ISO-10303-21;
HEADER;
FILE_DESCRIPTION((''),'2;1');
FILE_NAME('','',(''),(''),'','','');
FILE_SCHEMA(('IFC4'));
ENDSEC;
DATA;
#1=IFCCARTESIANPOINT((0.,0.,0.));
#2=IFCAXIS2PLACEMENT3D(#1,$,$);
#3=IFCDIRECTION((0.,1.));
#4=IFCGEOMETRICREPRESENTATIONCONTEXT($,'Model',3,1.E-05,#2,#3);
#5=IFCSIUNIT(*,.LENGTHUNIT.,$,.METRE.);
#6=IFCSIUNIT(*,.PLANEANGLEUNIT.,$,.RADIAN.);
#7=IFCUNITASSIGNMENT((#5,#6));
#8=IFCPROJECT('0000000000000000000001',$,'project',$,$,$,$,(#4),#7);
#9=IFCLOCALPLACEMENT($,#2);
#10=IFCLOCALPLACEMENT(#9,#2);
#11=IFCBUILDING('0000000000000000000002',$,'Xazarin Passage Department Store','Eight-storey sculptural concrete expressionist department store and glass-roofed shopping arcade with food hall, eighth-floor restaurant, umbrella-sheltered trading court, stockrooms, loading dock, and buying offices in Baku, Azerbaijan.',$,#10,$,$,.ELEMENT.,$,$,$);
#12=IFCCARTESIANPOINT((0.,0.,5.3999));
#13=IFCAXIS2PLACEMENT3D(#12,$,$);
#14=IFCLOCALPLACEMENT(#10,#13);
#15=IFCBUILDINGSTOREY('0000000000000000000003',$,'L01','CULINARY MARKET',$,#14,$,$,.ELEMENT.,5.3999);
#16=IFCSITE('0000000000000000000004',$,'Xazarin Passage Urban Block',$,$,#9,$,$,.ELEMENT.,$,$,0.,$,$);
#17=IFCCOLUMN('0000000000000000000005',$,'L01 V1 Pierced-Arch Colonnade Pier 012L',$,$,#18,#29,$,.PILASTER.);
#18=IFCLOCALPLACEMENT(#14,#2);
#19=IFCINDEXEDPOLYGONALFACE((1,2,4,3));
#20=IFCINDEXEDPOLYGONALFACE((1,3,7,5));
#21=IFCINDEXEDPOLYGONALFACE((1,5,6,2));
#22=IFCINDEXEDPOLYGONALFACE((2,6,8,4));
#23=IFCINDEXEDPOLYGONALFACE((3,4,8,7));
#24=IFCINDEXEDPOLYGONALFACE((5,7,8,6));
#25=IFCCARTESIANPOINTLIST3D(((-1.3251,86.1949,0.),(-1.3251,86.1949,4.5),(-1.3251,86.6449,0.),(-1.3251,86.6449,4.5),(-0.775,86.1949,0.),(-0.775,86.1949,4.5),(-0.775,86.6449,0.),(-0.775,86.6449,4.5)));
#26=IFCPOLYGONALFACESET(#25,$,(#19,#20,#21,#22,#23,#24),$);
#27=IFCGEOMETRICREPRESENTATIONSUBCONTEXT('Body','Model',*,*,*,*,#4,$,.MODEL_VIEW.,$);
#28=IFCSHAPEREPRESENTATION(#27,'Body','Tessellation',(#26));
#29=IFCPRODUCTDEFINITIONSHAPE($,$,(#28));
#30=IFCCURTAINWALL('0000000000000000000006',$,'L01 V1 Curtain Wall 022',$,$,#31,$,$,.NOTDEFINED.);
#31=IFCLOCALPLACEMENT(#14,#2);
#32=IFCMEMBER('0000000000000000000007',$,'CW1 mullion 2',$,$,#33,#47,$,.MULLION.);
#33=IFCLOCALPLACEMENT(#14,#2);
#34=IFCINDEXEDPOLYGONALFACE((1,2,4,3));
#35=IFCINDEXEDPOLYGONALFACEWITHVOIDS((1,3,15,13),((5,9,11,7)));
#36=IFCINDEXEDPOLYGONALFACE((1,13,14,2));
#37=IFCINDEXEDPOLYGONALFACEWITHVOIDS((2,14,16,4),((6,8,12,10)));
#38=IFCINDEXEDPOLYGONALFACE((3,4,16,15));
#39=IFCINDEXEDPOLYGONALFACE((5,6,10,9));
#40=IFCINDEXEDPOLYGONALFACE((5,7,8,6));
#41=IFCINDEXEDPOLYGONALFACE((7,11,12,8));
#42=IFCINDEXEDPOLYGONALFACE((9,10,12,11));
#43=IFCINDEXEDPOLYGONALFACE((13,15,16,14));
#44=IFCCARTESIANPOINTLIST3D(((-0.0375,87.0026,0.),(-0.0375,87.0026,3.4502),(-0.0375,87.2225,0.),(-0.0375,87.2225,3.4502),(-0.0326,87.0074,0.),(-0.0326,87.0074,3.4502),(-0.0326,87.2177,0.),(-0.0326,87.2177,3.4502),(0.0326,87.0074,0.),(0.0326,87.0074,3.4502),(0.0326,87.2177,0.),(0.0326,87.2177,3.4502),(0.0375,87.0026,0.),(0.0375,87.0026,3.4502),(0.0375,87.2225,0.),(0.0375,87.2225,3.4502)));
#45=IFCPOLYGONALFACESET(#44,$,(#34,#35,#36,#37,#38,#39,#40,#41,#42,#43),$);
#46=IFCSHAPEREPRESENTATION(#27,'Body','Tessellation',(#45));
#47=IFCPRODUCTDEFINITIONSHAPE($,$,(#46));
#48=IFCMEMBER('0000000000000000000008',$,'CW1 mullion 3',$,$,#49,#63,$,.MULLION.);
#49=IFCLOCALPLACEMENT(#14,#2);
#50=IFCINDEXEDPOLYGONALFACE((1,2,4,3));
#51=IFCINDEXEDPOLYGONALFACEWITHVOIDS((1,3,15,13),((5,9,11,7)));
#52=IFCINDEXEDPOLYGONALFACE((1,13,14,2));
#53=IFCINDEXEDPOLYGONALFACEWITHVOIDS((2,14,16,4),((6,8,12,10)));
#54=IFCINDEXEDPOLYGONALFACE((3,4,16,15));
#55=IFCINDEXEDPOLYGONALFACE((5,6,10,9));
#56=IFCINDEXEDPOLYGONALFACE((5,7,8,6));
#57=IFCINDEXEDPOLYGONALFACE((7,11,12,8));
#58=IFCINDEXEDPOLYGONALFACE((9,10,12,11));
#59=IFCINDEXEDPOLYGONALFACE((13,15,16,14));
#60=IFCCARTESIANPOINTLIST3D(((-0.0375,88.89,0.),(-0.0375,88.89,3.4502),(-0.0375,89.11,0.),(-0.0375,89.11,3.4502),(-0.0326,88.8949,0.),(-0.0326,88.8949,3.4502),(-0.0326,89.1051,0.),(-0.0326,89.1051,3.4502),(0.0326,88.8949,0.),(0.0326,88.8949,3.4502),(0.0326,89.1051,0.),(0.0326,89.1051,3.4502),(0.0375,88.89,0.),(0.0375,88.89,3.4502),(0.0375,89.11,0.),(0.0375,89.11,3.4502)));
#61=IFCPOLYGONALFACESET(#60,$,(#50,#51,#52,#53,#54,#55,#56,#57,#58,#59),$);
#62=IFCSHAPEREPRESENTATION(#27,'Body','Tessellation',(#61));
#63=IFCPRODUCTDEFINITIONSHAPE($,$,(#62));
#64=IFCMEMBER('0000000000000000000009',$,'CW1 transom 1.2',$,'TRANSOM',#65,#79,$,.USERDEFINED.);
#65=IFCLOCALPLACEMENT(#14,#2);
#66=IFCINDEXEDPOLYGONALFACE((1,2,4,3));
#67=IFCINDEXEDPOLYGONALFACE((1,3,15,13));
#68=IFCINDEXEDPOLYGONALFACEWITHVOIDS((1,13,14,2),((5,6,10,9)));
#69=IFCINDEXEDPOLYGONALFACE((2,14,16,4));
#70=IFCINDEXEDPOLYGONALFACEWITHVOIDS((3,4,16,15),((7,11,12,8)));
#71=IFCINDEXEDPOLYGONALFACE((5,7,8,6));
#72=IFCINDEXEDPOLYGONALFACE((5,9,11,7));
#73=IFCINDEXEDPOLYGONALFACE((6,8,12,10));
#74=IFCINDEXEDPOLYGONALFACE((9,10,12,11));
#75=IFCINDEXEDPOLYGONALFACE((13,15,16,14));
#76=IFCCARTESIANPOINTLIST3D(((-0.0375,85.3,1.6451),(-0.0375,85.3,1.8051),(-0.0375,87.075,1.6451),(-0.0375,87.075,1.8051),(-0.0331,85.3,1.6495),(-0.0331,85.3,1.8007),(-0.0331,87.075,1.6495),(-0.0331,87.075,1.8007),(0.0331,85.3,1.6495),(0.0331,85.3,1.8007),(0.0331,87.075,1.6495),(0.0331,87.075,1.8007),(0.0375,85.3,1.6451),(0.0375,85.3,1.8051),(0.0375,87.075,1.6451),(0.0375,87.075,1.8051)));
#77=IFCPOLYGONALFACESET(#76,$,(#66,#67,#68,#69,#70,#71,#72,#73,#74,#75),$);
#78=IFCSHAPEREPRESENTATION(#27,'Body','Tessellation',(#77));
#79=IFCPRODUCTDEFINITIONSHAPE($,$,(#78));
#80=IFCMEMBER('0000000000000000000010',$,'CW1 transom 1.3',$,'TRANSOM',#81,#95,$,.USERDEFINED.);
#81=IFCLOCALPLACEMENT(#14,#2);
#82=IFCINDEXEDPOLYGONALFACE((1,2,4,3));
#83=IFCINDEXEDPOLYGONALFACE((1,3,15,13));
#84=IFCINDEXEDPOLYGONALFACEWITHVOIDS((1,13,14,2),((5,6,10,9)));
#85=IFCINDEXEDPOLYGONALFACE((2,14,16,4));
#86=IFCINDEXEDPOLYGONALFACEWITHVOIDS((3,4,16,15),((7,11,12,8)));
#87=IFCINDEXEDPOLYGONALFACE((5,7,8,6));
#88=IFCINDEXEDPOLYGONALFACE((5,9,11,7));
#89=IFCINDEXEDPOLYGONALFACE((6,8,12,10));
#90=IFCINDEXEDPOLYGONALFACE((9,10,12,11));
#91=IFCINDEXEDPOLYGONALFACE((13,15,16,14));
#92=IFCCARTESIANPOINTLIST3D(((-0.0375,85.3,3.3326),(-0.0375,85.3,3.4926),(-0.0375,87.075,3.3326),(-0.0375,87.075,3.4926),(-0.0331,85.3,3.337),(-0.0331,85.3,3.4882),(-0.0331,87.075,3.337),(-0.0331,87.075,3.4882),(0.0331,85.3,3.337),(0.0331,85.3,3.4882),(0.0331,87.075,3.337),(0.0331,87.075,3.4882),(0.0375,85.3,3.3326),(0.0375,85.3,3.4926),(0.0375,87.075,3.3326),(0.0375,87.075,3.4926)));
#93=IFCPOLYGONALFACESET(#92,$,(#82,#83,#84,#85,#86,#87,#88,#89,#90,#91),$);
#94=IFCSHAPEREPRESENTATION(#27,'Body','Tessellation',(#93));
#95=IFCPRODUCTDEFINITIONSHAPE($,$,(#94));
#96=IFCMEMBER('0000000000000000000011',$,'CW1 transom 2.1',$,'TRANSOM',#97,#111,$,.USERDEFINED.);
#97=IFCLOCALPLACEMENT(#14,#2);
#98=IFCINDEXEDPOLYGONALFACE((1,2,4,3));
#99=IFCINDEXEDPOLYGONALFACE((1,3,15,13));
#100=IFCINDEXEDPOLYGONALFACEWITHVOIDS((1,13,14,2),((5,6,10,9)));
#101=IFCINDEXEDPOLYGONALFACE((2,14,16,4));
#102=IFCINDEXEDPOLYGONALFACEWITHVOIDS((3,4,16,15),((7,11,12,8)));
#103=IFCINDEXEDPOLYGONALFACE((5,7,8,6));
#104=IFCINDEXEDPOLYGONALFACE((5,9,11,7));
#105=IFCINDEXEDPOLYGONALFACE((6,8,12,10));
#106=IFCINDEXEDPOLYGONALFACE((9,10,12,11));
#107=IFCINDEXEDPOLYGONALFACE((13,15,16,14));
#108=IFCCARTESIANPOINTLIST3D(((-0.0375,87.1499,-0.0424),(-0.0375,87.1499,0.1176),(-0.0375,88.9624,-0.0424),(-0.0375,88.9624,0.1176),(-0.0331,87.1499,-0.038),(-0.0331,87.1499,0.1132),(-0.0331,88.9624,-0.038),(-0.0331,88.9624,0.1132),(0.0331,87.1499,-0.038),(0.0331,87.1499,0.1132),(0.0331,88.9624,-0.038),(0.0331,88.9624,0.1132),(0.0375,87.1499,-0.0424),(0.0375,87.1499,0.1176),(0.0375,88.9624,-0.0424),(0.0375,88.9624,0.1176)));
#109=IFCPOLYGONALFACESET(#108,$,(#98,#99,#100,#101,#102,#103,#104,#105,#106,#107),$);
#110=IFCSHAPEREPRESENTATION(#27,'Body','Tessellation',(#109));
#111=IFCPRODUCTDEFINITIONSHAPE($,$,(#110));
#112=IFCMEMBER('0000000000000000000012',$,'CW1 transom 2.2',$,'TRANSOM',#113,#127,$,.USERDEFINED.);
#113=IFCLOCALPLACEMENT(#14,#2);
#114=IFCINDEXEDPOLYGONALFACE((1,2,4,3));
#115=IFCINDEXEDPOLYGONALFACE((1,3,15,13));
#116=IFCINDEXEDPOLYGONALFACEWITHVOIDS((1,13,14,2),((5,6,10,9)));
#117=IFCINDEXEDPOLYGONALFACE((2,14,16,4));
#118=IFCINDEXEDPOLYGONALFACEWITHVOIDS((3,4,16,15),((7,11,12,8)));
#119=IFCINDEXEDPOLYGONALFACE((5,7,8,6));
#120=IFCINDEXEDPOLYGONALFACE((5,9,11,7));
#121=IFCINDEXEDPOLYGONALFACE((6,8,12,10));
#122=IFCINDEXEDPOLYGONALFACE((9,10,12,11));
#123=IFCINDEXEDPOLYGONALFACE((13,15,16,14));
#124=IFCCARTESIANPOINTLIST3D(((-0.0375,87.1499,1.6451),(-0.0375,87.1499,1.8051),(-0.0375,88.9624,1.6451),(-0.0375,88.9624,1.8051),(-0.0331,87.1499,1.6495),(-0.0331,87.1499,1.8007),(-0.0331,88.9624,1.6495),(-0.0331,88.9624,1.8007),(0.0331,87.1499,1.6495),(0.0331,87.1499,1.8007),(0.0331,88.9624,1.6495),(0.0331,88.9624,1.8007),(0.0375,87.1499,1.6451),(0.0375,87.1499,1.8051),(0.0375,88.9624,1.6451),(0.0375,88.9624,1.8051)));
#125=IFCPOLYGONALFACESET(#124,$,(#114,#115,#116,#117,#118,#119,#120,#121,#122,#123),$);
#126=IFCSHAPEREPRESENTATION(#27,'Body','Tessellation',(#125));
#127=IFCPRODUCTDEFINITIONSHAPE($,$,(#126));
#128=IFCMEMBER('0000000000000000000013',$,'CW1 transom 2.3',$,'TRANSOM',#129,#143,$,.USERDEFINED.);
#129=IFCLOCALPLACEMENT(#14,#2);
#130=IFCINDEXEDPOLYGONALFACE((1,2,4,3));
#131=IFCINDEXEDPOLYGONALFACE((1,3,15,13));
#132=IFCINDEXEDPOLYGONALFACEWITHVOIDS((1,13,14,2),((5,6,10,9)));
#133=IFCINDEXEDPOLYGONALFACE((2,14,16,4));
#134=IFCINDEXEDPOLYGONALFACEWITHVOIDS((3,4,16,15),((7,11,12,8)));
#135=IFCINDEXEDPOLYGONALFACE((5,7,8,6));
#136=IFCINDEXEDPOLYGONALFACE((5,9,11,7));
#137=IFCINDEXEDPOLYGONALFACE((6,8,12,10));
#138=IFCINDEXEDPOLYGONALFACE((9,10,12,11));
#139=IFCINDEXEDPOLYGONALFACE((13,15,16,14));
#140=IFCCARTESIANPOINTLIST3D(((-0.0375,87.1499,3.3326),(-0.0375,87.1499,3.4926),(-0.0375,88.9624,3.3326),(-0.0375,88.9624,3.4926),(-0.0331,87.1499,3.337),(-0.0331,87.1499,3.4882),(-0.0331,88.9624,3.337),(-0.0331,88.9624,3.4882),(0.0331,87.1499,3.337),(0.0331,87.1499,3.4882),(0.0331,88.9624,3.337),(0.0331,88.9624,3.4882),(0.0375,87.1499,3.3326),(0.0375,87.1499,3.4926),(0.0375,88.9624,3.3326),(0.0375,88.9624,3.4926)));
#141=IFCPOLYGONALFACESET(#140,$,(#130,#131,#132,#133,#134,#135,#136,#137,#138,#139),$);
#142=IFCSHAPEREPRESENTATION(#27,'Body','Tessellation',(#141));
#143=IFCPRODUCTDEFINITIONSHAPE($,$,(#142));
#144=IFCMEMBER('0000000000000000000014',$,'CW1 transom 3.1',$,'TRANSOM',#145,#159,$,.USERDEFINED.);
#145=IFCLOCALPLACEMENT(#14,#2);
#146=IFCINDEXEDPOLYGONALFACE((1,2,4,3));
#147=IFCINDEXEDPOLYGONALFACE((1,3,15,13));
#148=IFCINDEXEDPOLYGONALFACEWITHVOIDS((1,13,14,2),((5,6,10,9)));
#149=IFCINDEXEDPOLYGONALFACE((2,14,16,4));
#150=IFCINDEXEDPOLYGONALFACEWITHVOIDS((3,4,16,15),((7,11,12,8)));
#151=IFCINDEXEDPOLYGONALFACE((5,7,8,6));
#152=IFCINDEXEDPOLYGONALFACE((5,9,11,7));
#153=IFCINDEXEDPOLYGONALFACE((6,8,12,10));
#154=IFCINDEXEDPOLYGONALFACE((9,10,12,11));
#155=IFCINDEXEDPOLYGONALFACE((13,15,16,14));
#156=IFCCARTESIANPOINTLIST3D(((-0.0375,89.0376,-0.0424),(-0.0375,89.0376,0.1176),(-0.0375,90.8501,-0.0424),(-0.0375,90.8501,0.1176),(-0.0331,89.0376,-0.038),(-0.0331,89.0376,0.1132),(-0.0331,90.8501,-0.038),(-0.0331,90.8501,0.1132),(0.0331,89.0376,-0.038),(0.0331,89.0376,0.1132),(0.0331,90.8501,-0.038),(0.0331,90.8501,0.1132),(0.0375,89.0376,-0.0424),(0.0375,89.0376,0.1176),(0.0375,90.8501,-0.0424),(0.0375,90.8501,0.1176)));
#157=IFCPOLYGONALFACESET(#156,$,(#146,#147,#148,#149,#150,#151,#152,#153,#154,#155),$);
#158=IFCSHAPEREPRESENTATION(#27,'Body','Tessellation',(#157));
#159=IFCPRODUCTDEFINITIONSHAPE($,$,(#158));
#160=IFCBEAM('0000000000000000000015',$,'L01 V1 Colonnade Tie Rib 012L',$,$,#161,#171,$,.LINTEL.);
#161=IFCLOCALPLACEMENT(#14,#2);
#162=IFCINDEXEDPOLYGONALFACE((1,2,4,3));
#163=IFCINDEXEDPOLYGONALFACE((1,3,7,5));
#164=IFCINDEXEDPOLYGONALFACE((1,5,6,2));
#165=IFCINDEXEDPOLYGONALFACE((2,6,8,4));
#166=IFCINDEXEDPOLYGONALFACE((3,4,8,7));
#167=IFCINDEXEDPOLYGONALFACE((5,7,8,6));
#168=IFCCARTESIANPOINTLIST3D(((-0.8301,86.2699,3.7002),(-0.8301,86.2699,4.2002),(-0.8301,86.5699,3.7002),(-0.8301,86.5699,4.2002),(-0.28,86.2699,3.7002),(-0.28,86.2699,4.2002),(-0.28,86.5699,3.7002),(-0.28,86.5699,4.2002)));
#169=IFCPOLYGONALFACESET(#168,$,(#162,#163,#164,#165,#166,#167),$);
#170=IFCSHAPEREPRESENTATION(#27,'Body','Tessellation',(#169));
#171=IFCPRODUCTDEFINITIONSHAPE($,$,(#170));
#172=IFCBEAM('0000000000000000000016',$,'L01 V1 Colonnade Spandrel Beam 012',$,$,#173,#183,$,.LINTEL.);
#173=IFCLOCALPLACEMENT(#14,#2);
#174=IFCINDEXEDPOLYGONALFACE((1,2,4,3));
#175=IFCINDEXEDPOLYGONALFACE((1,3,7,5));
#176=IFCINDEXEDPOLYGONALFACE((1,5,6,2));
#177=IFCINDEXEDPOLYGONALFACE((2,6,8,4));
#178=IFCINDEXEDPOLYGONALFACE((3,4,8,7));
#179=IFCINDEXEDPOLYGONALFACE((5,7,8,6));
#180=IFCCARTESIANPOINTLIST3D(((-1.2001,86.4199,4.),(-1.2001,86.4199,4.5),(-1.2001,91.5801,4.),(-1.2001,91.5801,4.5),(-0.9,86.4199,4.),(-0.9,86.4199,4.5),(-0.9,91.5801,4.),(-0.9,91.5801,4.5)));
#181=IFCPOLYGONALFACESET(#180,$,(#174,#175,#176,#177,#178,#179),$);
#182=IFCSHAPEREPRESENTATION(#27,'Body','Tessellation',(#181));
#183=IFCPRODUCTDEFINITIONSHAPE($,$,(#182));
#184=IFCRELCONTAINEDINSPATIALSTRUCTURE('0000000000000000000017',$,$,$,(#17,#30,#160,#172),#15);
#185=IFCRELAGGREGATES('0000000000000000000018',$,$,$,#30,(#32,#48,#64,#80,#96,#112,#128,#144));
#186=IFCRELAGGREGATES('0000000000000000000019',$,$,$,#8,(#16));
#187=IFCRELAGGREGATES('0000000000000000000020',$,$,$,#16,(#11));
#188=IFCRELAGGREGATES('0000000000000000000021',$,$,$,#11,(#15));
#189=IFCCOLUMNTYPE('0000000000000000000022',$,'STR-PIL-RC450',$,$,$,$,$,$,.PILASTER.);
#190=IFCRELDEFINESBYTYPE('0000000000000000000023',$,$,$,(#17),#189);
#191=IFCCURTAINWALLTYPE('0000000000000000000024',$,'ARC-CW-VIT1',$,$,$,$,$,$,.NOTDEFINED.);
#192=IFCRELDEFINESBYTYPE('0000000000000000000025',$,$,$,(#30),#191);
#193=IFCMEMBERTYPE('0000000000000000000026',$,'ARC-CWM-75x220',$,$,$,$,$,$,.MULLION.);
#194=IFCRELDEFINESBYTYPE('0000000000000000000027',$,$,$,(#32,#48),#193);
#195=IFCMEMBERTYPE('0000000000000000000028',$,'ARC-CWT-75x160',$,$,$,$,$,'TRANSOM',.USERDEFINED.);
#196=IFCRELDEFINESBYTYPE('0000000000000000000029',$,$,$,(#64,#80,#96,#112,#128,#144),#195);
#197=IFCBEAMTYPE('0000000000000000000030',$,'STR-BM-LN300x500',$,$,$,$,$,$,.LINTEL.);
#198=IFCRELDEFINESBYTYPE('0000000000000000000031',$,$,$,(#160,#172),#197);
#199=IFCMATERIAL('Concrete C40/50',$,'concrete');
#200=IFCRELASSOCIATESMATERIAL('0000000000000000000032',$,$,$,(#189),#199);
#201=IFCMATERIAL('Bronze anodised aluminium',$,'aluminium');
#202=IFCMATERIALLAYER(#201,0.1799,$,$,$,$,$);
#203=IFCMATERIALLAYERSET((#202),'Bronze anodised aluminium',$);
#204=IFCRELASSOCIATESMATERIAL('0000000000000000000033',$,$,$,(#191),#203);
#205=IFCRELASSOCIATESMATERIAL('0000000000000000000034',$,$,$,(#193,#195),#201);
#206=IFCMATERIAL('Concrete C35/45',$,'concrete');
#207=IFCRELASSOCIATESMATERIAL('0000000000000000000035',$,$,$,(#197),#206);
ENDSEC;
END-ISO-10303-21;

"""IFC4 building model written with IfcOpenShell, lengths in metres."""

from ifc_helpers import new_model, si_unit, direction, frame, origin, origin_2d, place, context, subcontext, project, spatial, rectangle, hollow_rectangle, extrude, material, layer, layer_set, material_profile, profile_set, type_object, element, aggregate, save


model = new_model("IFC4")

# Units and contexts
model_context = context("Model", 3, precision=1e-05, world=origin(), true_north=direction((0.0, 1.0)))
body_context = subcontext(model_context, "Body", "Model", "MODEL_VIEW")
ifc_project = project(units=[si_unit("LENGTHUNIT", "METRE"), si_unit("PLANEANGLEUNIT", "RADIAN")], contexts=[model_context])

# Site, building, storey
site_placement = place(None, origin())
site = spatial("IfcSite", under=ifc_project, at=site_placement, Name="Xazarin Passage Urban Block", CompositionType="ELEMENT", RefElevation=0.0)
building_placement = place(site_placement, origin())
building = spatial("IfcBuilding", under=site, at=building_placement, Name="Xazarin Passage Department Store", Description="Eight-storey sculptural concrete expressionist department store and glass-roofed shopping arcade with food hall, eighth-floor restaurant, umbrella-sheltered trading court, stockrooms, loading dock, and buying offices in Baku, Azerbaijan.", CompositionType="ELEMENT")
storey_placement = place(building_placement, frame((0.0, 0.0, 5.3999)))
storey = spatial("IfcBuildingStorey", under=building, at=storey_placement, Name="L01", Description="CULINARY MARKET", CompositionType="ELEMENT", Elevation=5.3999)

# Column
ifc_material_1 = material(Name="Concrete C40/50", Category="concrete")
ifc_material_profile_1 = material_profile(ifc_material_1, rectangle(XDim=0.45, YDim=0.55, at=origin_2d()), Name="RC 450x550")
ifc_profile_set_1 = profile_set([ifc_material_profile_1], Name="Concrete C40/50")
column_type = type_object("IfcColumnType", Name="STR-PIL-RC450", PredefinedType="PILASTER", material=ifc_profile_set_1)
column_placement = place(storey_placement, frame((-1.05, 86.4199, 0.0), z_axis=(0.0, 0.0, 1.0), x_axis=(0.0, 1.0, 0.0)))
element("IfcColumn", 1, at=column_placement, inside=storey, type_object=column_type, Name="L01 V1 Pierced-Arch Colonnade Pier 012L", PredefinedType="PILASTER", context=body_context, shape_type="SweptSolid", body=[
    extrude(rectangle(XDim=0.45, YDim=0.55, at=origin_2d()), origin(), (0.0, 0.0, 1.0), 4.5),
])

# Curtain wall, members
ifc_material_2 = material(Name="Bronze anodised aluminium", Category="aluminium")
ifc_layer_1 = layer(ifc_material_2, 0.1799)
ifc_layer_set_1 = layer_set([ifc_layer_1], Name="Bronze anodised aluminium")
curtain_wall_type = type_object("IfcCurtainWallType", Name="ARC-CW-VIT1", PredefinedType="NOTDEFINED", material=ifc_layer_set_1)
curtain_wall_placement = place(storey_placement, origin())
curtain_wall = element("IfcCurtainWall", 2, at=curtain_wall_placement, inside=storey, type_object=curtain_wall_type, Name="L01 V1 Curtain Wall 022", PredefinedType="NOTDEFINED")
ifc_material_profile_2 = material_profile(ifc_material_2, hollow_rectangle(XDim=0.075, YDim=0.22, WallThickness=0.0049, at=origin_2d()), Name="ALU 75x220")
ifc_profile_set_2 = profile_set([ifc_material_profile_2], Name="Bronze anodised aluminium")
member_type_1 = type_object("IfcMemberType", Name="ARC-CWM-75x220", PredefinedType="MULLION", material=ifc_profile_set_2)
member_1_placement = place(storey_placement, frame((0.0, 87.1125, 0.0), z_axis=(0.0, 0.0, 1.0), x_axis=(-1.0, 0.0, 0.0)))
member_1 = element("IfcMember", 3, at=member_1_placement, type_object=member_type_1, Name="CW1 mullion 2", PredefinedType="MULLION", context=body_context, shape_type="SweptSolid", body=[
    extrude(hollow_rectangle(XDim=0.075, YDim=0.22, WallThickness=0.0049, at=origin_2d()), origin(), (0.0, 0.0, 1.0), 3.4502),
])
member_2_placement = place(storey_placement, frame((0.0, 89.0, 0.0), z_axis=(0.0, 0.0, 1.0), x_axis=(-1.0, 0.0, 0.0)))
member_2 = element("IfcMember", 4, at=member_2_placement, type_object=member_type_1, Name="CW1 mullion 3", PredefinedType="MULLION", context=body_context, shape_type="SweptSolid", body=[
    extrude(hollow_rectangle(XDim=0.075, YDim=0.22, WallThickness=0.0049, at=origin_2d()), origin(), (0.0, 0.0, 1.0), 3.4502),
])
ifc_material_profile_3 = material_profile(ifc_material_2, hollow_rectangle(XDim=0.075, YDim=0.1599, WallThickness=0.0044, at=origin_2d()), Name="ALU 75x160")
ifc_profile_set_3 = profile_set([ifc_material_profile_3], Name="Bronze anodised aluminium")
member_type_2 = type_object("IfcMemberType", Name="ARC-CWT-75x160", ElementType="TRANSOM", PredefinedType="USERDEFINED", material=ifc_profile_set_3)
member_3_placement = place(storey_placement, frame((0.0, 85.3, 1.7251), z_axis=(0.0, 1.0, 0.0), x_axis=(-1.0, 0.0, 0.0)))
member_3 = element("IfcMember", 5, at=member_3_placement, type_object=member_type_2, Name="CW1 transom 1.2", ObjectType="TRANSOM", PredefinedType="USERDEFINED", context=body_context, shape_type="SweptSolid", body=[
    extrude(hollow_rectangle(XDim=0.075, YDim=0.1599, WallThickness=0.0044, at=origin_2d()), origin(), (0.0, 0.0, 1.0), 1.7749),
])
member_4_placement = place(storey_placement, frame((0.0, 85.3, 3.4126), z_axis=(0.0, 1.0, 0.0), x_axis=(-1.0, 0.0, 0.0)))
member_4 = element("IfcMember", 6, at=member_4_placement, type_object=member_type_2, Name="CW1 transom 1.3", ObjectType="TRANSOM", PredefinedType="USERDEFINED", context=body_context, shape_type="SweptSolid", body=[
    extrude(hollow_rectangle(XDim=0.075, YDim=0.1599, WallThickness=0.0044, at=origin_2d()), origin(), (0.0, 0.0, 1.0), 1.7749),
])
member_5_placement = place(storey_placement, frame((0.0, 87.1499, 0.0376), z_axis=(0.0, 1.0, 0.0), x_axis=(-1.0, 0.0, 0.0)))
member_5 = element("IfcMember", 7, at=member_5_placement, type_object=member_type_2, Name="CW1 transom 2.1", ObjectType="TRANSOM", PredefinedType="USERDEFINED", context=body_context, shape_type="SweptSolid", body=[
    extrude(hollow_rectangle(XDim=0.075, YDim=0.1599, WallThickness=0.0044, at=origin_2d()), origin(), (0.0, 0.0, 1.0), 1.8125),
])
member_6_placement = place(storey_placement, frame((0.0, 87.1499, 1.7251), z_axis=(0.0, 1.0, 0.0), x_axis=(-1.0, 0.0, 0.0)))
member_6 = element("IfcMember", 8, at=member_6_placement, type_object=member_type_2, Name="CW1 transom 2.2", ObjectType="TRANSOM", PredefinedType="USERDEFINED", context=body_context, shape_type="SweptSolid", body=[
    extrude(hollow_rectangle(XDim=0.075, YDim=0.1599, WallThickness=0.0044, at=origin_2d()), origin(), (0.0, 0.0, 1.0), 1.8125),
])
member_7_placement = place(storey_placement, frame((0.0, 87.1499, 3.4126), z_axis=(0.0, 1.0, 0.0), x_axis=(-1.0, 0.0, 0.0)))
member_7 = element("IfcMember", 9, at=member_7_placement, type_object=member_type_2, Name="CW1 transom 2.3", ObjectType="TRANSOM", PredefinedType="USERDEFINED", context=body_context, shape_type="SweptSolid", body=[
    extrude(hollow_rectangle(XDim=0.075, YDim=0.1599, WallThickness=0.0044, at=origin_2d()), origin(), (0.0, 0.0, 1.0), 1.8125),
])
member_8_placement = place(storey_placement, frame((0.0, 89.0376, 0.0376), z_axis=(0.0, 1.0, 0.0), x_axis=(-1.0, 0.0, 0.0)))
member_8 = element("IfcMember", 10, at=member_8_placement, type_object=member_type_2, Name="CW1 transom 3.1", ObjectType="TRANSOM", PredefinedType="USERDEFINED", context=body_context, shape_type="SweptSolid", body=[
    extrude(hollow_rectangle(XDim=0.075, YDim=0.1599, WallThickness=0.0044, at=origin_2d()), origin(), (0.0, 0.0, 1.0), 1.8125),
])

# Beams
ifc_material_3 = material(Name="Concrete C35/45", Category="concrete")
ifc_material_profile_4 = material_profile(ifc_material_3, rectangle(XDim=0.3, YDim=0.5, at=origin_2d()), Name="RC 300x500")
ifc_profile_set_4 = profile_set([ifc_material_profile_4], Name="Concrete C35/45")
beam_type = type_object("IfcBeamType", Name="STR-BM-LN300x500", PredefinedType="LINTEL", material=ifc_profile_set_4)
beam_1_placement = place(storey_placement, frame((-0.28, 86.4199, 3.9502), z_axis=(-1.0, 0.0, 0.0), x_axis=(0.0, -1.0, 0.0)))
element("IfcBeam", 11, at=beam_1_placement, inside=storey, type_object=beam_type, Name="L01 V1 Colonnade Tie Rib 012L", PredefinedType="LINTEL", context=body_context, shape_type="SweptSolid", body=[
    extrude(rectangle(XDim=0.3, YDim=0.5, at=origin_2d()), origin(), (0.0, 0.0, 1.0), 0.55),
])
beam_2_placement = place(storey_placement, frame((-1.05, 86.4199, 4.25), z_axis=(0.0, 1.0, 0.0), x_axis=(-1.0, 0.0, 0.0)))
element("IfcBeam", 12, at=beam_2_placement, inside=storey, type_object=beam_type, Name="L01 V1 Colonnade Spandrel Beam 012", PredefinedType="LINTEL", context=body_context, shape_type="SweptSolid", body=[
    extrude(rectangle(XDim=0.3, YDim=0.5, at=origin_2d()), origin(), (0.0, 0.0, 1.0), 5.1602),
])

aggregate(curtain_wall, [member_1, member_2, member_3, member_4, member_5, member_6, member_7, member_8])

save(model, "model.ifc")
